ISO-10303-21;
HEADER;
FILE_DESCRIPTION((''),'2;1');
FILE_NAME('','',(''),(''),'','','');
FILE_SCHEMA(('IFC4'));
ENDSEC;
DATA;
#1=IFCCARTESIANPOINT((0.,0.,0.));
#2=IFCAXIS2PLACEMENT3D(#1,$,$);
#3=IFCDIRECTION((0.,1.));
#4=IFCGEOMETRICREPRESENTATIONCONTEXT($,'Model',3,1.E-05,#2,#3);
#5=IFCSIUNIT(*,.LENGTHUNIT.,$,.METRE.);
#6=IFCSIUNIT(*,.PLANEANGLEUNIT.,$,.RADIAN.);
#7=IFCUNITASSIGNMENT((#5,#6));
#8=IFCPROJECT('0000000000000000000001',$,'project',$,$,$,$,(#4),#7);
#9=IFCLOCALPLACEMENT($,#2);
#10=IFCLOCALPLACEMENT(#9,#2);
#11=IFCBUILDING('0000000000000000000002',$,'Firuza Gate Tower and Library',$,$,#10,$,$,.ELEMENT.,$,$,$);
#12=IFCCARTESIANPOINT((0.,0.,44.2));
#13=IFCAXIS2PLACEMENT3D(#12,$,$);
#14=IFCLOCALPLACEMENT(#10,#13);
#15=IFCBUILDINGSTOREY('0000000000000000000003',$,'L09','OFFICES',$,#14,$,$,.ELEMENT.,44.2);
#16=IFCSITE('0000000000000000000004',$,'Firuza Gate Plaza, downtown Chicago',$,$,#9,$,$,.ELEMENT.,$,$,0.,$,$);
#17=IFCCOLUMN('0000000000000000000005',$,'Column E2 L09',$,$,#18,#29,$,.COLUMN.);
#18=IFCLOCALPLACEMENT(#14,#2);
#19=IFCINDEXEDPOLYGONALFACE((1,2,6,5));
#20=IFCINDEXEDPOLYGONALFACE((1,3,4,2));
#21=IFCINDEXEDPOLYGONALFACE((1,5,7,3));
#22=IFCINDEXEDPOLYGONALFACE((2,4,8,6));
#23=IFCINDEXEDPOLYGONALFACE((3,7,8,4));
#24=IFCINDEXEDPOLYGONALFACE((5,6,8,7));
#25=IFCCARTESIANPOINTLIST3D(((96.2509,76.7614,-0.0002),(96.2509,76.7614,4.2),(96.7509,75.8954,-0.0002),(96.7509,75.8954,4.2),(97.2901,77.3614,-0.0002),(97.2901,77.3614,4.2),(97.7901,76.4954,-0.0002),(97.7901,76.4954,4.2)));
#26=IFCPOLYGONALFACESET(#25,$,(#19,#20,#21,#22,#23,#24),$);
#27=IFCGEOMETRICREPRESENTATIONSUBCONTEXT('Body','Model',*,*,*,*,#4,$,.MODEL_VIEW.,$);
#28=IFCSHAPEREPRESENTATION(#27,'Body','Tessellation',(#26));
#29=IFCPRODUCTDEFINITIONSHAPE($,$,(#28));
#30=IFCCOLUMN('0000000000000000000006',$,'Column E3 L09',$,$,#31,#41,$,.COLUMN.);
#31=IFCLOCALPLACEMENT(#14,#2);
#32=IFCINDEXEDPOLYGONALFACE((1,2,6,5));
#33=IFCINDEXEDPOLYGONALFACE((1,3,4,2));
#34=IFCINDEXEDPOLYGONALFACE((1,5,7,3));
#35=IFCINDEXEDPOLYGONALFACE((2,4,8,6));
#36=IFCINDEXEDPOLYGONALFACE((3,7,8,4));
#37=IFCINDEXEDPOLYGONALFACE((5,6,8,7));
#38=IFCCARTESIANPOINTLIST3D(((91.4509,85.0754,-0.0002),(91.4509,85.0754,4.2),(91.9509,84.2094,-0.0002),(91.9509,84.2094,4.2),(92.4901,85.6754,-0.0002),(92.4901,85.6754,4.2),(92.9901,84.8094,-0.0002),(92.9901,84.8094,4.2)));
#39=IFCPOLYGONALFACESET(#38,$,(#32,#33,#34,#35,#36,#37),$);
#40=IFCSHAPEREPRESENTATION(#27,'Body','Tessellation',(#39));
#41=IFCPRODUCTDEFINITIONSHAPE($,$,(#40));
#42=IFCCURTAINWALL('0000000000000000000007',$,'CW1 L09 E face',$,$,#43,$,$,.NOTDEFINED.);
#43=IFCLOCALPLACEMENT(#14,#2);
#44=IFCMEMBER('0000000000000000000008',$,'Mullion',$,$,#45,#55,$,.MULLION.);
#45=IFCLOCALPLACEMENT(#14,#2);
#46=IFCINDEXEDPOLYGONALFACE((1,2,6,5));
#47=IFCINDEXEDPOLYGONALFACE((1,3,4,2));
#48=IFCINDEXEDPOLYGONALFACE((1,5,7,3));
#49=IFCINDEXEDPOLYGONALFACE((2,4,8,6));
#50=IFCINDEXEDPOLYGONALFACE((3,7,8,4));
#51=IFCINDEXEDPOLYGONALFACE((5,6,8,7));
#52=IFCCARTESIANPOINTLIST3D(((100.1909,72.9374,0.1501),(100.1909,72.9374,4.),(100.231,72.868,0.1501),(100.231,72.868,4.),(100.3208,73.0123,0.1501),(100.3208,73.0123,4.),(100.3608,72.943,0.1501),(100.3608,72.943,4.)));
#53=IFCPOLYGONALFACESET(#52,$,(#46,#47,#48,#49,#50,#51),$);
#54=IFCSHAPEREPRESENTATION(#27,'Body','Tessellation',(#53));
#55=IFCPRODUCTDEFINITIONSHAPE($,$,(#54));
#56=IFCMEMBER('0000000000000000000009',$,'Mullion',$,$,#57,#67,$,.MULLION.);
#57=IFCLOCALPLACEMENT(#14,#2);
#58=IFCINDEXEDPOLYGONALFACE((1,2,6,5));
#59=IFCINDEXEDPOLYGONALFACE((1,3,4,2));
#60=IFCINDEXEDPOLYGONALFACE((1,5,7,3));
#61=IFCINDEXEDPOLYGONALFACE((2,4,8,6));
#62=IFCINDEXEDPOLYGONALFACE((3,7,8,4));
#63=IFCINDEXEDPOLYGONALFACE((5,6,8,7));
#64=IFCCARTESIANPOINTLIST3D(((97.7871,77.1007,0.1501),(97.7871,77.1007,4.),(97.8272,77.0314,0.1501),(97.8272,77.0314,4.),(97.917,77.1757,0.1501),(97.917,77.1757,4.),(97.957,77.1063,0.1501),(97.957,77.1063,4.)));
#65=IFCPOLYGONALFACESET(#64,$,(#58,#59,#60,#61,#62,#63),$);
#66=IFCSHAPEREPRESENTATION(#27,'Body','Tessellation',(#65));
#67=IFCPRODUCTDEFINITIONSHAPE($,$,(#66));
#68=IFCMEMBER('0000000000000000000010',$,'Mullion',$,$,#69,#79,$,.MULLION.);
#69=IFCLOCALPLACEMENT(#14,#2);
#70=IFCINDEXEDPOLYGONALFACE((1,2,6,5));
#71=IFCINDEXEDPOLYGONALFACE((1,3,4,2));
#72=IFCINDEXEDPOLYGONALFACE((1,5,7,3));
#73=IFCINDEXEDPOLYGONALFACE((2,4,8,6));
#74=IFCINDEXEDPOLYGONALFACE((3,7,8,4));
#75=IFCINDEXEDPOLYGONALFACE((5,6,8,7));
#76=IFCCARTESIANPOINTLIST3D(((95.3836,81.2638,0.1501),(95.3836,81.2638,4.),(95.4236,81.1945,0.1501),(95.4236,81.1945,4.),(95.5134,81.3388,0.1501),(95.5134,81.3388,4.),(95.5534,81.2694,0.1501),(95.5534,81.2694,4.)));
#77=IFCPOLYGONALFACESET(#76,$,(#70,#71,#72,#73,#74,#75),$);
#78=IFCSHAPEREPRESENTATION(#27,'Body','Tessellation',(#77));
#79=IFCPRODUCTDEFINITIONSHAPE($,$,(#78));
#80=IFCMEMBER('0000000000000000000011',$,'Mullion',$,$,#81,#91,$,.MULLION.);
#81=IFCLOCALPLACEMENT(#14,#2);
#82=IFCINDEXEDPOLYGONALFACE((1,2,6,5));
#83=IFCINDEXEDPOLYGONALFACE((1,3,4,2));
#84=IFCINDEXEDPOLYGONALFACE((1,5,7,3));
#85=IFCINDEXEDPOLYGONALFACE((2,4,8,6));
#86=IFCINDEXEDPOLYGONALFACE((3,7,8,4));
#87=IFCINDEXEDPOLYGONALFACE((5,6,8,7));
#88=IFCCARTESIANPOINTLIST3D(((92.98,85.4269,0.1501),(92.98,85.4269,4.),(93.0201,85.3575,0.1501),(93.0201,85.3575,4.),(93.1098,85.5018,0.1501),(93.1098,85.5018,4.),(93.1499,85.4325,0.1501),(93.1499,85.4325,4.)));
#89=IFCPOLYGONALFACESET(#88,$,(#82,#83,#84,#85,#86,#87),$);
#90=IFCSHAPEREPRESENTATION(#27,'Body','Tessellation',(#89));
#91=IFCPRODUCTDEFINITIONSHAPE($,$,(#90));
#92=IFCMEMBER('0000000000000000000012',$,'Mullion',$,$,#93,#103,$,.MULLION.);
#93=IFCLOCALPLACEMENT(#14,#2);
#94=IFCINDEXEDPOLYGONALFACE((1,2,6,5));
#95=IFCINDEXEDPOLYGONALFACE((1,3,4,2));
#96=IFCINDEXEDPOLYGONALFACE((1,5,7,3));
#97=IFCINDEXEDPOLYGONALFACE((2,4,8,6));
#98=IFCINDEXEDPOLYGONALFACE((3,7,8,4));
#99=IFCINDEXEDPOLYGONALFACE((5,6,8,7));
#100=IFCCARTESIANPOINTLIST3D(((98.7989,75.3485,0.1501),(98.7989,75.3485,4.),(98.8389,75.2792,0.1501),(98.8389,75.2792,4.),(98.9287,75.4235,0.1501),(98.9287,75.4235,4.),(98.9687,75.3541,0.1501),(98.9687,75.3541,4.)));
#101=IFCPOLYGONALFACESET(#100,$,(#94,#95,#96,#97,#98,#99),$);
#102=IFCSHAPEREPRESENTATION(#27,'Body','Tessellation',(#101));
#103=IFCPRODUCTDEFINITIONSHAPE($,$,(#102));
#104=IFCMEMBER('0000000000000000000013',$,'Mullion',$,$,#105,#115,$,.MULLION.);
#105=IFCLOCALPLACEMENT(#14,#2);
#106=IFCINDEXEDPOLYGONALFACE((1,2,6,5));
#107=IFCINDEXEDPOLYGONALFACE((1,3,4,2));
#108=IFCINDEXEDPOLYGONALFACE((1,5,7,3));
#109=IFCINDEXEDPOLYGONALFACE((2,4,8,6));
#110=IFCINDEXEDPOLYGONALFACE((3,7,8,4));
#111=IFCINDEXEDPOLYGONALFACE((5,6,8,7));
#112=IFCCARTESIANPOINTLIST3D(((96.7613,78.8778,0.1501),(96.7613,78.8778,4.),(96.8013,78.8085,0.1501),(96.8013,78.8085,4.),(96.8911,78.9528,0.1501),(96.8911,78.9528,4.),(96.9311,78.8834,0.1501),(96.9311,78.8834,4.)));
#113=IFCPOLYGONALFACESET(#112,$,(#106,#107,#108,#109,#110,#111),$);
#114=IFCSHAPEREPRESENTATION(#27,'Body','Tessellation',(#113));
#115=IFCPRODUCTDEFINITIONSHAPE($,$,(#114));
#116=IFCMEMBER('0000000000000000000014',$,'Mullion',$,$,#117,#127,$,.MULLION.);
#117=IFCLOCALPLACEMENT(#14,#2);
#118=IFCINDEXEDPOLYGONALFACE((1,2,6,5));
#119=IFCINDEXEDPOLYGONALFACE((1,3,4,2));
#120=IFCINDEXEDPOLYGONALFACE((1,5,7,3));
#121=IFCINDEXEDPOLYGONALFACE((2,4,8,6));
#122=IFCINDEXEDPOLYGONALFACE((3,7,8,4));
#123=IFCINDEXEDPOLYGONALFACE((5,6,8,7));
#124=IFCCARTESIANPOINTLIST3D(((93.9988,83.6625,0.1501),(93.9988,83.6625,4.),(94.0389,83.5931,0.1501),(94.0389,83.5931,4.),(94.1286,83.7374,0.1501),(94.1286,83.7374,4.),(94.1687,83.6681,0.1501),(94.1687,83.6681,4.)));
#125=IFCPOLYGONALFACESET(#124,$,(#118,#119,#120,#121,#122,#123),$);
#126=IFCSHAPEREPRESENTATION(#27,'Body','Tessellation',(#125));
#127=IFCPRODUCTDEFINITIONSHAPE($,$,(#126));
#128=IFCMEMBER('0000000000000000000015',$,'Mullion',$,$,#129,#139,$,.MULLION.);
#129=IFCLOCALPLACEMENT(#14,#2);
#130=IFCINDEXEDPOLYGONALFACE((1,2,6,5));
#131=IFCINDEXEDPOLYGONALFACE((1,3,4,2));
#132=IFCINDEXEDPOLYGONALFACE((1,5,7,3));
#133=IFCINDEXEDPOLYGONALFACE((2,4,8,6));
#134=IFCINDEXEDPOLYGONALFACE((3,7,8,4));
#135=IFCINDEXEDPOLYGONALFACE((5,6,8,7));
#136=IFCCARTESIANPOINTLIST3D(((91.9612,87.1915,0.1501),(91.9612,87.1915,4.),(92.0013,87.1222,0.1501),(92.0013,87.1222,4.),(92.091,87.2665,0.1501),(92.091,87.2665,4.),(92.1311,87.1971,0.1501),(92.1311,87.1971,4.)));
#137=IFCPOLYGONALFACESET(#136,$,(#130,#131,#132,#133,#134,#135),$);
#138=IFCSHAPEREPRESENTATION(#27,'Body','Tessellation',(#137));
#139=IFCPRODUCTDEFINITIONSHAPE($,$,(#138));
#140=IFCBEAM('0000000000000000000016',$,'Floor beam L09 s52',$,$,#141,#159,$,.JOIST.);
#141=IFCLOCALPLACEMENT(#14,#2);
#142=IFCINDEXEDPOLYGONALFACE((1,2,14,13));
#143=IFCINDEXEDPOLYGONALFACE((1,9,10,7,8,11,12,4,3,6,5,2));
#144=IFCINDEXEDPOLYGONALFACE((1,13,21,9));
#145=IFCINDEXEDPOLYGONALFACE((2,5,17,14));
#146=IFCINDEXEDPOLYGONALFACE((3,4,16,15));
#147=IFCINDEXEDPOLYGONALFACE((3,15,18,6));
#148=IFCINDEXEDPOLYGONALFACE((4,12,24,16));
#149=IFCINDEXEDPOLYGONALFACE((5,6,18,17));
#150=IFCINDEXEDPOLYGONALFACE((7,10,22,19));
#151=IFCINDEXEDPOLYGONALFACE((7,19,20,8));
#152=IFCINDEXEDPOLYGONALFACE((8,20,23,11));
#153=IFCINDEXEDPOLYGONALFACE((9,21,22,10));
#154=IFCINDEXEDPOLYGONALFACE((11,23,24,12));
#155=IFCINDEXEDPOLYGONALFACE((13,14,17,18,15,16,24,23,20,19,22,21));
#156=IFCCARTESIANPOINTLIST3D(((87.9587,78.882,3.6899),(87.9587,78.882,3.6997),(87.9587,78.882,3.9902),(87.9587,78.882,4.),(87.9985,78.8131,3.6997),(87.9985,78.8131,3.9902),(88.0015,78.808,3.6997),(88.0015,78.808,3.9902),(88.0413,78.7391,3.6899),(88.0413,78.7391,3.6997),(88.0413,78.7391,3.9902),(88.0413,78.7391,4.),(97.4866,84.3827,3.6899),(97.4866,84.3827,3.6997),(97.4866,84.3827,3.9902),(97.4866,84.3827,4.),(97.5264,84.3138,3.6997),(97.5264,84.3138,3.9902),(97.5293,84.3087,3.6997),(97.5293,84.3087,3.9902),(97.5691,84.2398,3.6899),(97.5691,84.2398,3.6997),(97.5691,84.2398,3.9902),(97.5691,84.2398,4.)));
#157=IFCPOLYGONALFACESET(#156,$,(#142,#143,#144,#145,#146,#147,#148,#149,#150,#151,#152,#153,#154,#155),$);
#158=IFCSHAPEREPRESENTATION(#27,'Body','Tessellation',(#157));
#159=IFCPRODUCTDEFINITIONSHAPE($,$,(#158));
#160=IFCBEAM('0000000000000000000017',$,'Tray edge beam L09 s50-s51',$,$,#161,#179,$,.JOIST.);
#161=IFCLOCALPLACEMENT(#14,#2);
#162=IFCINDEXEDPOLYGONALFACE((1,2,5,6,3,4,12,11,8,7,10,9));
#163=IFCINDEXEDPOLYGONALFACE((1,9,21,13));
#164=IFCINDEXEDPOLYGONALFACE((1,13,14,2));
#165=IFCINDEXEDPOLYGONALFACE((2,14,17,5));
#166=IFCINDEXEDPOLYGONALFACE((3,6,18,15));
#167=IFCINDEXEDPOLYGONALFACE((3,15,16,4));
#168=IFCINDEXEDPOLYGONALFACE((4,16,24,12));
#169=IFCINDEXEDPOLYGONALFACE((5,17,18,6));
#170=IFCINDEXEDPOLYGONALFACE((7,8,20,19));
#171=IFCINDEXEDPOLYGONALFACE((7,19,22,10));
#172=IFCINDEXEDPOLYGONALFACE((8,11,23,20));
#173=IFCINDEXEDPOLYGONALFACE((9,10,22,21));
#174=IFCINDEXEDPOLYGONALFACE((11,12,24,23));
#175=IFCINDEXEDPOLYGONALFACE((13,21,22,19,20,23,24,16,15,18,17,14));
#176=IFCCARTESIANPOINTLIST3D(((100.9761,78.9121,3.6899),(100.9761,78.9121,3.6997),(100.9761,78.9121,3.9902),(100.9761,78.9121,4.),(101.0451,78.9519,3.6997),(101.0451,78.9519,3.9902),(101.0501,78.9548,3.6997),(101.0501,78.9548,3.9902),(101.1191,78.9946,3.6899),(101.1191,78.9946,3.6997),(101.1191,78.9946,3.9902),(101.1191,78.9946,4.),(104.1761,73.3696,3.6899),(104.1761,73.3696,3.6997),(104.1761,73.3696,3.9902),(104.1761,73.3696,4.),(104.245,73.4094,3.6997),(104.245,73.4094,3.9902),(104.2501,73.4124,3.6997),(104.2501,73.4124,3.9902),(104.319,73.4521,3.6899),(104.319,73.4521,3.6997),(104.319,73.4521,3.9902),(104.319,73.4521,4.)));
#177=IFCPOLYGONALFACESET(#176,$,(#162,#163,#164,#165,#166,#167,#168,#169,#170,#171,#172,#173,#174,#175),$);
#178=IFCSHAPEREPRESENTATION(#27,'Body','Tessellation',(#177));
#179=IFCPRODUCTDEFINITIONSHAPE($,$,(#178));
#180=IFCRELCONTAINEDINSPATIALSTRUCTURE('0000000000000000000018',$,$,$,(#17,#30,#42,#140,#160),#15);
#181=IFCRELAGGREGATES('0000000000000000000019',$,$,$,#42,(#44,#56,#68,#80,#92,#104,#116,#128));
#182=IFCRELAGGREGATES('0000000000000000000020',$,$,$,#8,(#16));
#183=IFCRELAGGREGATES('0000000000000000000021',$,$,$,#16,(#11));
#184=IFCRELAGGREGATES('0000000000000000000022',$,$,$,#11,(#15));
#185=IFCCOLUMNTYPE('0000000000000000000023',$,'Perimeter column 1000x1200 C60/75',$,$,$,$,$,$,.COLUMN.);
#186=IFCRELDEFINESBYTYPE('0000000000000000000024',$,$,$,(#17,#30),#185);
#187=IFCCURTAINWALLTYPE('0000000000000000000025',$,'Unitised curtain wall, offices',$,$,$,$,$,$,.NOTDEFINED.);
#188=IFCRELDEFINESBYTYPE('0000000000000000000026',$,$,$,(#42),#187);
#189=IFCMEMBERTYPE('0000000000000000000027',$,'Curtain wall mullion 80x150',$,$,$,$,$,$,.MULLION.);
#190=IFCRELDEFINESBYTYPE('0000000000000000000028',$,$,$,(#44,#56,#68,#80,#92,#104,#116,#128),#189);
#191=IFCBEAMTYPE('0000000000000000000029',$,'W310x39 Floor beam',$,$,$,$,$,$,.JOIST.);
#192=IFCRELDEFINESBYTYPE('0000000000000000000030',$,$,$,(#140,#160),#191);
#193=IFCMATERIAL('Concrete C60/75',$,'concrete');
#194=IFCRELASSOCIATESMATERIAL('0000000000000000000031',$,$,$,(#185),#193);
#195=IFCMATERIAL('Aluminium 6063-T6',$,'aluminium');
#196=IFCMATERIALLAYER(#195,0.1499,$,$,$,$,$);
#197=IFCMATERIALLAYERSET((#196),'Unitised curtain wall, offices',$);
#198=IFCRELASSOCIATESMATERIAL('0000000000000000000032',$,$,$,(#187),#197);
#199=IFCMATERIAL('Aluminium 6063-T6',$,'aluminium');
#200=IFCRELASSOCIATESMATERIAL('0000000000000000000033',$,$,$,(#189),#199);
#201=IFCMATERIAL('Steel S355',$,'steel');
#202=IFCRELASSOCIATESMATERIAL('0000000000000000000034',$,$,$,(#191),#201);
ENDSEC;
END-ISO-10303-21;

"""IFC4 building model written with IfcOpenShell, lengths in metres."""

from ifc_helpers import new_model, si_unit, direction, frame, origin, origin_2d, place, context, subcontext, project, spatial, rectangle, i_section, extrude, material, layer, layer_set, material_profile, profile_set, type_object, element, aggregate, save


model = new_model("IFC4")

# Units and contexts
model_context = context("Model", 3, precision=1e-05, world=origin(), true_north=direction((0.0, 1.0)))
body_context = subcontext(model_context, "Body", "Model", "MODEL_VIEW")
ifc_project = project(units=[si_unit("LENGTHUNIT", "METRE"), si_unit("PLANEANGLEUNIT", "RADIAN")], contexts=[model_context])

# Site, building, storey
site_placement = place(None, origin())
site = spatial("IfcSite", under=ifc_project, at=site_placement, Name="Firuza Gate Plaza, downtown Chicago", CompositionType="ELEMENT", RefElevation=0.0)
building_placement = place(site_placement, origin())
building = spatial("IfcBuilding", under=site, at=building_placement, Name="Firuza Gate Tower and Library", CompositionType="ELEMENT")
storey_placement = place(building_placement, frame((0.0, 0.0, 44.2)))
storey = spatial("IfcBuildingStorey", under=building, at=storey_placement, Name="L09", Description="OFFICES", CompositionType="ELEMENT", Elevation=44.2)

# Columns
ifc_material_1 = material(Name="Concrete C60/75", Category="concrete")
ifc_material_profile_1 = material_profile(ifc_material_1, rectangle(XDim=1.0, YDim=1.2, at=origin_2d()))
ifc_profile_set_1 = profile_set([ifc_material_profile_1], Name="Concrete C60/75")
column_type = type_object("IfcColumnType", Name="Perimeter column 1000x1200 C60/75", PredefinedType="COLUMN", material=ifc_profile_set_1)
for number, where, z_axis, x_axis, name in (
    (1, (97.0205, 76.6284, -0.0002), (0.0, 0.0, 1.0), (-0.5, 0.866025, 0.0), "Column E2 L09"),
    (2, (92.2205, 84.9424, -0.0002), (0.0, 0.0, 1.0), (-0.5, 0.866025, 0.0), "Column E3 L09"),
):
    element("IfcColumn", number, at=place(storey_placement, frame(where, z_axis=z_axis, x_axis=x_axis)), inside=storey, type_object=column_type, Name=name, PredefinedType="COLUMN", context=body_context, shape_type="SweptSolid", body=[
        extrude(rectangle(XDim=1.0, YDim=1.2, at=origin_2d()), origin(), (0.0, 0.0, 1.0), 4.2002),
    ])

# Curtain wall, members
ifc_material_2 = material(Name="Aluminium 6063-T6", Category="aluminium")
ifc_layer_1 = layer(ifc_material_2, 0.1499)
ifc_layer_set_1 = layer_set([ifc_layer_1], Name="Unitised curtain wall, offices")
curtain_wall_type = type_object("IfcCurtainWallType", Name="Unitised curtain wall, offices", PredefinedType="NOTDEFINED", material=ifc_layer_set_1)
curtain_wall_placement = place(storey_placement, origin())
curtain_wall = element("IfcCurtainWall", 3, at=curtain_wall_placement, inside=storey, type_object=curtain_wall_type, Name="CW1 L09 E face", PredefinedType="NOTDEFINED")
ifc_material_3 = material(Name="Aluminium 6063-T6", Category="aluminium")
ifc_material_profile_2 = material_profile(ifc_material_3, rectangle(XDim=0.1499, YDim=0.0801, at=origin_2d()))
ifc_profile_set_2 = profile_set([ifc_material_profile_2], Name="Aluminium 6063-T6")
member_type = type_object("IfcMemberType", Name="Curtain wall mullion 80x150", PredefinedType="MULLION", material=ifc_profile_set_2)
member_1_placement = place(storey_placement, frame((100.2759, 72.9402, 0.1501), z_axis=(0.0, 0.0, 1.0), x_axis=(-0.866025, -0.5, 0.0)))
member_1 = element("IfcMember", 4, at=member_1_placement, type_object=member_type, Name="Mullion", PredefinedType="MULLION", context=body_context, shape_type="SweptSolid", body=[
    extrude(rectangle(XDim=0.1499, YDim=0.0801, at=origin_2d()), origin(), (0.0, 0.0, 1.0), 3.8499),
])
member_2_placement = place(storey_placement, frame((97.8721, 77.1035, 0.1501), z_axis=(0.0, 0.0, 1.0), x_axis=(-0.866025, -0.5, 0.0)))
member_2 = element("IfcMember", 5, at=member_2_placement, type_object=member_type, Name="Mullion", PredefinedType="MULLION", context=body_context, shape_type="SweptSolid", body=[
    extrude(rectangle(XDim=0.1499, YDim=0.0801, at=origin_2d()), origin(), (0.0, 0.0, 1.0), 3.8499),
])
member_3_placement = place(storey_placement, frame((95.4685, 81.2666, 0.1501), z_axis=(0.0, 0.0, 1.0), x_axis=(-0.866025, -0.5, 0.0)))
member_3 = element("IfcMember", 6, at=member_3_placement, type_object=member_type, Name="Mullion", PredefinedType="MULLION", context=body_context, shape_type="SweptSolid", body=[
    extrude(rectangle(XDim=0.1499, YDim=0.0801, at=origin_2d()), origin(), (0.0, 0.0, 1.0), 3.8499),
])
member_4_placement = place(storey_placement, frame((93.0649, 85.4297, 0.1501), z_axis=(0.0, 0.0, 1.0), x_axis=(-0.866025, -0.5, 0.0)))
member_4 = element("IfcMember", 7, at=member_4_placement, type_object=member_type, Name="Mullion", PredefinedType="MULLION", context=body_context, shape_type="SweptSolid", body=[
    extrude(rectangle(XDim=0.1499, YDim=0.0801, at=origin_2d()), origin(), (0.0, 0.0, 1.0), 3.8499),
])
member_5_placement = place(storey_placement, frame((98.8838, 75.3513, 0.1501), z_axis=(0.0, 0.0, 1.0), x_axis=(-0.866025, -0.5, 0.0)))
member_5 = element("IfcMember", 8, at=member_5_placement, type_object=member_type, Name="Mullion", PredefinedType="MULLION", context=body_context, shape_type="SweptSolid", body=[
    extrude(rectangle(XDim=0.1499, YDim=0.0801, at=origin_2d()), origin(), (0.0, 0.0, 1.0), 3.8499),
])
member_6_placement = place(storey_placement, frame((96.8462, 78.8806, 0.1501), z_axis=(0.0, 0.0, 1.0), x_axis=(-0.866025, -0.5, 0.0)))
member_6 = element("IfcMember", 9, at=member_6_placement, type_object=member_type, Name="Mullion", PredefinedType="MULLION", context=body_context, shape_type="SweptSolid", body=[
    extrude(rectangle(XDim=0.1499, YDim=0.0801, at=origin_2d()), origin(), (0.0, 0.0, 1.0), 3.8499),
])
member_7_placement = place(storey_placement, frame((94.0837, 83.6653, 0.1501), z_axis=(0.0, 0.0, 1.0), x_axis=(-0.866025, -0.5, 0.0)))
member_7 = element("IfcMember", 10, at=member_7_placement, type_object=member_type, Name="Mullion", PredefinedType="MULLION", context=body_context, shape_type="SweptSolid", body=[
    extrude(rectangle(XDim=0.1499, YDim=0.0801, at=origin_2d()), origin(), (0.0, 0.0, 1.0), 3.8499),
])
member_8_placement = place(storey_placement, frame((92.0461, 87.1943, 0.1501), z_axis=(0.0, 0.0, 1.0), x_axis=(-0.866025, -0.5, 0.0)))
member_8 = element("IfcMember", 11, at=member_8_placement, type_object=member_type, Name="Mullion", PredefinedType="MULLION", context=body_context, shape_type="SweptSolid", body=[
    extrude(rectangle(XDim=0.1499, YDim=0.0801, at=origin_2d()), origin(), (0.0, 0.0, 1.0), 3.8499),
])

# Beams
ifc_material_4 = material(Name="Steel S355", Category="steel")
ifc_material_profile_3 = material_profile(ifc_material_4, i_section(OverallWidth=0.165, OverallDepth=0.3101, WebThickness=0.0059, FlangeThickness=0.0098, at=origin_2d()))
ifc_profile_set_3 = profile_set([ifc_material_profile_3], Name="Steel S355")
beam_type_1 = type_object("IfcBeamType", Name="W310x39 Floor beam", PredefinedType="JOIST", material=ifc_profile_set_3)
beam_1_placement = place(storey_placement, frame((97.5278, 84.3113, 3.845), z_axis=(-0.866032, -0.499989, 0.0), x_axis=(0.499989, -0.866032, 0.0)))
element("IfcBeam", 12, at=beam_1_placement, inside=storey, type_object=beam_type_1, Name="Floor beam L09 s52", PredefinedType="JOIST", context=body_context, shape_type="SweptSolid", body=[
    extrude(i_section(OverallWidth=0.165, OverallDepth=0.3101, WebThickness=0.0059, FlangeThickness=0.0098, at=origin_2d()), origin(), (0.0, 0.0, 1.0), 11.0017),
])
beam_2_placement = place(storey_placement, frame((104.2476, 73.4109, 3.845), z_axis=(-0.5, 0.866025, 0.0), x_axis=(-0.866025, -0.5, 0.0)))
element("IfcBeam", 13, at=beam_2_placement, inside=storey, type_object=beam_type_1, Name="Tray edge beam L09 s50-s51", PredefinedType="JOIST", context=body_context, shape_type="SweptSolid", body=[
    extrude(i_section(OverallWidth=0.165, OverallDepth=0.3101, WebThickness=0.0059, FlangeThickness=0.0098, at=origin_2d()), origin(), (0.0, 0.0, 1.0), 6.3999),
])

aggregate(curtain_wall, [member_1, member_2, member_3, member_4, member_5, member_6, member_7, member_8])

save(model, "model.ifc")
